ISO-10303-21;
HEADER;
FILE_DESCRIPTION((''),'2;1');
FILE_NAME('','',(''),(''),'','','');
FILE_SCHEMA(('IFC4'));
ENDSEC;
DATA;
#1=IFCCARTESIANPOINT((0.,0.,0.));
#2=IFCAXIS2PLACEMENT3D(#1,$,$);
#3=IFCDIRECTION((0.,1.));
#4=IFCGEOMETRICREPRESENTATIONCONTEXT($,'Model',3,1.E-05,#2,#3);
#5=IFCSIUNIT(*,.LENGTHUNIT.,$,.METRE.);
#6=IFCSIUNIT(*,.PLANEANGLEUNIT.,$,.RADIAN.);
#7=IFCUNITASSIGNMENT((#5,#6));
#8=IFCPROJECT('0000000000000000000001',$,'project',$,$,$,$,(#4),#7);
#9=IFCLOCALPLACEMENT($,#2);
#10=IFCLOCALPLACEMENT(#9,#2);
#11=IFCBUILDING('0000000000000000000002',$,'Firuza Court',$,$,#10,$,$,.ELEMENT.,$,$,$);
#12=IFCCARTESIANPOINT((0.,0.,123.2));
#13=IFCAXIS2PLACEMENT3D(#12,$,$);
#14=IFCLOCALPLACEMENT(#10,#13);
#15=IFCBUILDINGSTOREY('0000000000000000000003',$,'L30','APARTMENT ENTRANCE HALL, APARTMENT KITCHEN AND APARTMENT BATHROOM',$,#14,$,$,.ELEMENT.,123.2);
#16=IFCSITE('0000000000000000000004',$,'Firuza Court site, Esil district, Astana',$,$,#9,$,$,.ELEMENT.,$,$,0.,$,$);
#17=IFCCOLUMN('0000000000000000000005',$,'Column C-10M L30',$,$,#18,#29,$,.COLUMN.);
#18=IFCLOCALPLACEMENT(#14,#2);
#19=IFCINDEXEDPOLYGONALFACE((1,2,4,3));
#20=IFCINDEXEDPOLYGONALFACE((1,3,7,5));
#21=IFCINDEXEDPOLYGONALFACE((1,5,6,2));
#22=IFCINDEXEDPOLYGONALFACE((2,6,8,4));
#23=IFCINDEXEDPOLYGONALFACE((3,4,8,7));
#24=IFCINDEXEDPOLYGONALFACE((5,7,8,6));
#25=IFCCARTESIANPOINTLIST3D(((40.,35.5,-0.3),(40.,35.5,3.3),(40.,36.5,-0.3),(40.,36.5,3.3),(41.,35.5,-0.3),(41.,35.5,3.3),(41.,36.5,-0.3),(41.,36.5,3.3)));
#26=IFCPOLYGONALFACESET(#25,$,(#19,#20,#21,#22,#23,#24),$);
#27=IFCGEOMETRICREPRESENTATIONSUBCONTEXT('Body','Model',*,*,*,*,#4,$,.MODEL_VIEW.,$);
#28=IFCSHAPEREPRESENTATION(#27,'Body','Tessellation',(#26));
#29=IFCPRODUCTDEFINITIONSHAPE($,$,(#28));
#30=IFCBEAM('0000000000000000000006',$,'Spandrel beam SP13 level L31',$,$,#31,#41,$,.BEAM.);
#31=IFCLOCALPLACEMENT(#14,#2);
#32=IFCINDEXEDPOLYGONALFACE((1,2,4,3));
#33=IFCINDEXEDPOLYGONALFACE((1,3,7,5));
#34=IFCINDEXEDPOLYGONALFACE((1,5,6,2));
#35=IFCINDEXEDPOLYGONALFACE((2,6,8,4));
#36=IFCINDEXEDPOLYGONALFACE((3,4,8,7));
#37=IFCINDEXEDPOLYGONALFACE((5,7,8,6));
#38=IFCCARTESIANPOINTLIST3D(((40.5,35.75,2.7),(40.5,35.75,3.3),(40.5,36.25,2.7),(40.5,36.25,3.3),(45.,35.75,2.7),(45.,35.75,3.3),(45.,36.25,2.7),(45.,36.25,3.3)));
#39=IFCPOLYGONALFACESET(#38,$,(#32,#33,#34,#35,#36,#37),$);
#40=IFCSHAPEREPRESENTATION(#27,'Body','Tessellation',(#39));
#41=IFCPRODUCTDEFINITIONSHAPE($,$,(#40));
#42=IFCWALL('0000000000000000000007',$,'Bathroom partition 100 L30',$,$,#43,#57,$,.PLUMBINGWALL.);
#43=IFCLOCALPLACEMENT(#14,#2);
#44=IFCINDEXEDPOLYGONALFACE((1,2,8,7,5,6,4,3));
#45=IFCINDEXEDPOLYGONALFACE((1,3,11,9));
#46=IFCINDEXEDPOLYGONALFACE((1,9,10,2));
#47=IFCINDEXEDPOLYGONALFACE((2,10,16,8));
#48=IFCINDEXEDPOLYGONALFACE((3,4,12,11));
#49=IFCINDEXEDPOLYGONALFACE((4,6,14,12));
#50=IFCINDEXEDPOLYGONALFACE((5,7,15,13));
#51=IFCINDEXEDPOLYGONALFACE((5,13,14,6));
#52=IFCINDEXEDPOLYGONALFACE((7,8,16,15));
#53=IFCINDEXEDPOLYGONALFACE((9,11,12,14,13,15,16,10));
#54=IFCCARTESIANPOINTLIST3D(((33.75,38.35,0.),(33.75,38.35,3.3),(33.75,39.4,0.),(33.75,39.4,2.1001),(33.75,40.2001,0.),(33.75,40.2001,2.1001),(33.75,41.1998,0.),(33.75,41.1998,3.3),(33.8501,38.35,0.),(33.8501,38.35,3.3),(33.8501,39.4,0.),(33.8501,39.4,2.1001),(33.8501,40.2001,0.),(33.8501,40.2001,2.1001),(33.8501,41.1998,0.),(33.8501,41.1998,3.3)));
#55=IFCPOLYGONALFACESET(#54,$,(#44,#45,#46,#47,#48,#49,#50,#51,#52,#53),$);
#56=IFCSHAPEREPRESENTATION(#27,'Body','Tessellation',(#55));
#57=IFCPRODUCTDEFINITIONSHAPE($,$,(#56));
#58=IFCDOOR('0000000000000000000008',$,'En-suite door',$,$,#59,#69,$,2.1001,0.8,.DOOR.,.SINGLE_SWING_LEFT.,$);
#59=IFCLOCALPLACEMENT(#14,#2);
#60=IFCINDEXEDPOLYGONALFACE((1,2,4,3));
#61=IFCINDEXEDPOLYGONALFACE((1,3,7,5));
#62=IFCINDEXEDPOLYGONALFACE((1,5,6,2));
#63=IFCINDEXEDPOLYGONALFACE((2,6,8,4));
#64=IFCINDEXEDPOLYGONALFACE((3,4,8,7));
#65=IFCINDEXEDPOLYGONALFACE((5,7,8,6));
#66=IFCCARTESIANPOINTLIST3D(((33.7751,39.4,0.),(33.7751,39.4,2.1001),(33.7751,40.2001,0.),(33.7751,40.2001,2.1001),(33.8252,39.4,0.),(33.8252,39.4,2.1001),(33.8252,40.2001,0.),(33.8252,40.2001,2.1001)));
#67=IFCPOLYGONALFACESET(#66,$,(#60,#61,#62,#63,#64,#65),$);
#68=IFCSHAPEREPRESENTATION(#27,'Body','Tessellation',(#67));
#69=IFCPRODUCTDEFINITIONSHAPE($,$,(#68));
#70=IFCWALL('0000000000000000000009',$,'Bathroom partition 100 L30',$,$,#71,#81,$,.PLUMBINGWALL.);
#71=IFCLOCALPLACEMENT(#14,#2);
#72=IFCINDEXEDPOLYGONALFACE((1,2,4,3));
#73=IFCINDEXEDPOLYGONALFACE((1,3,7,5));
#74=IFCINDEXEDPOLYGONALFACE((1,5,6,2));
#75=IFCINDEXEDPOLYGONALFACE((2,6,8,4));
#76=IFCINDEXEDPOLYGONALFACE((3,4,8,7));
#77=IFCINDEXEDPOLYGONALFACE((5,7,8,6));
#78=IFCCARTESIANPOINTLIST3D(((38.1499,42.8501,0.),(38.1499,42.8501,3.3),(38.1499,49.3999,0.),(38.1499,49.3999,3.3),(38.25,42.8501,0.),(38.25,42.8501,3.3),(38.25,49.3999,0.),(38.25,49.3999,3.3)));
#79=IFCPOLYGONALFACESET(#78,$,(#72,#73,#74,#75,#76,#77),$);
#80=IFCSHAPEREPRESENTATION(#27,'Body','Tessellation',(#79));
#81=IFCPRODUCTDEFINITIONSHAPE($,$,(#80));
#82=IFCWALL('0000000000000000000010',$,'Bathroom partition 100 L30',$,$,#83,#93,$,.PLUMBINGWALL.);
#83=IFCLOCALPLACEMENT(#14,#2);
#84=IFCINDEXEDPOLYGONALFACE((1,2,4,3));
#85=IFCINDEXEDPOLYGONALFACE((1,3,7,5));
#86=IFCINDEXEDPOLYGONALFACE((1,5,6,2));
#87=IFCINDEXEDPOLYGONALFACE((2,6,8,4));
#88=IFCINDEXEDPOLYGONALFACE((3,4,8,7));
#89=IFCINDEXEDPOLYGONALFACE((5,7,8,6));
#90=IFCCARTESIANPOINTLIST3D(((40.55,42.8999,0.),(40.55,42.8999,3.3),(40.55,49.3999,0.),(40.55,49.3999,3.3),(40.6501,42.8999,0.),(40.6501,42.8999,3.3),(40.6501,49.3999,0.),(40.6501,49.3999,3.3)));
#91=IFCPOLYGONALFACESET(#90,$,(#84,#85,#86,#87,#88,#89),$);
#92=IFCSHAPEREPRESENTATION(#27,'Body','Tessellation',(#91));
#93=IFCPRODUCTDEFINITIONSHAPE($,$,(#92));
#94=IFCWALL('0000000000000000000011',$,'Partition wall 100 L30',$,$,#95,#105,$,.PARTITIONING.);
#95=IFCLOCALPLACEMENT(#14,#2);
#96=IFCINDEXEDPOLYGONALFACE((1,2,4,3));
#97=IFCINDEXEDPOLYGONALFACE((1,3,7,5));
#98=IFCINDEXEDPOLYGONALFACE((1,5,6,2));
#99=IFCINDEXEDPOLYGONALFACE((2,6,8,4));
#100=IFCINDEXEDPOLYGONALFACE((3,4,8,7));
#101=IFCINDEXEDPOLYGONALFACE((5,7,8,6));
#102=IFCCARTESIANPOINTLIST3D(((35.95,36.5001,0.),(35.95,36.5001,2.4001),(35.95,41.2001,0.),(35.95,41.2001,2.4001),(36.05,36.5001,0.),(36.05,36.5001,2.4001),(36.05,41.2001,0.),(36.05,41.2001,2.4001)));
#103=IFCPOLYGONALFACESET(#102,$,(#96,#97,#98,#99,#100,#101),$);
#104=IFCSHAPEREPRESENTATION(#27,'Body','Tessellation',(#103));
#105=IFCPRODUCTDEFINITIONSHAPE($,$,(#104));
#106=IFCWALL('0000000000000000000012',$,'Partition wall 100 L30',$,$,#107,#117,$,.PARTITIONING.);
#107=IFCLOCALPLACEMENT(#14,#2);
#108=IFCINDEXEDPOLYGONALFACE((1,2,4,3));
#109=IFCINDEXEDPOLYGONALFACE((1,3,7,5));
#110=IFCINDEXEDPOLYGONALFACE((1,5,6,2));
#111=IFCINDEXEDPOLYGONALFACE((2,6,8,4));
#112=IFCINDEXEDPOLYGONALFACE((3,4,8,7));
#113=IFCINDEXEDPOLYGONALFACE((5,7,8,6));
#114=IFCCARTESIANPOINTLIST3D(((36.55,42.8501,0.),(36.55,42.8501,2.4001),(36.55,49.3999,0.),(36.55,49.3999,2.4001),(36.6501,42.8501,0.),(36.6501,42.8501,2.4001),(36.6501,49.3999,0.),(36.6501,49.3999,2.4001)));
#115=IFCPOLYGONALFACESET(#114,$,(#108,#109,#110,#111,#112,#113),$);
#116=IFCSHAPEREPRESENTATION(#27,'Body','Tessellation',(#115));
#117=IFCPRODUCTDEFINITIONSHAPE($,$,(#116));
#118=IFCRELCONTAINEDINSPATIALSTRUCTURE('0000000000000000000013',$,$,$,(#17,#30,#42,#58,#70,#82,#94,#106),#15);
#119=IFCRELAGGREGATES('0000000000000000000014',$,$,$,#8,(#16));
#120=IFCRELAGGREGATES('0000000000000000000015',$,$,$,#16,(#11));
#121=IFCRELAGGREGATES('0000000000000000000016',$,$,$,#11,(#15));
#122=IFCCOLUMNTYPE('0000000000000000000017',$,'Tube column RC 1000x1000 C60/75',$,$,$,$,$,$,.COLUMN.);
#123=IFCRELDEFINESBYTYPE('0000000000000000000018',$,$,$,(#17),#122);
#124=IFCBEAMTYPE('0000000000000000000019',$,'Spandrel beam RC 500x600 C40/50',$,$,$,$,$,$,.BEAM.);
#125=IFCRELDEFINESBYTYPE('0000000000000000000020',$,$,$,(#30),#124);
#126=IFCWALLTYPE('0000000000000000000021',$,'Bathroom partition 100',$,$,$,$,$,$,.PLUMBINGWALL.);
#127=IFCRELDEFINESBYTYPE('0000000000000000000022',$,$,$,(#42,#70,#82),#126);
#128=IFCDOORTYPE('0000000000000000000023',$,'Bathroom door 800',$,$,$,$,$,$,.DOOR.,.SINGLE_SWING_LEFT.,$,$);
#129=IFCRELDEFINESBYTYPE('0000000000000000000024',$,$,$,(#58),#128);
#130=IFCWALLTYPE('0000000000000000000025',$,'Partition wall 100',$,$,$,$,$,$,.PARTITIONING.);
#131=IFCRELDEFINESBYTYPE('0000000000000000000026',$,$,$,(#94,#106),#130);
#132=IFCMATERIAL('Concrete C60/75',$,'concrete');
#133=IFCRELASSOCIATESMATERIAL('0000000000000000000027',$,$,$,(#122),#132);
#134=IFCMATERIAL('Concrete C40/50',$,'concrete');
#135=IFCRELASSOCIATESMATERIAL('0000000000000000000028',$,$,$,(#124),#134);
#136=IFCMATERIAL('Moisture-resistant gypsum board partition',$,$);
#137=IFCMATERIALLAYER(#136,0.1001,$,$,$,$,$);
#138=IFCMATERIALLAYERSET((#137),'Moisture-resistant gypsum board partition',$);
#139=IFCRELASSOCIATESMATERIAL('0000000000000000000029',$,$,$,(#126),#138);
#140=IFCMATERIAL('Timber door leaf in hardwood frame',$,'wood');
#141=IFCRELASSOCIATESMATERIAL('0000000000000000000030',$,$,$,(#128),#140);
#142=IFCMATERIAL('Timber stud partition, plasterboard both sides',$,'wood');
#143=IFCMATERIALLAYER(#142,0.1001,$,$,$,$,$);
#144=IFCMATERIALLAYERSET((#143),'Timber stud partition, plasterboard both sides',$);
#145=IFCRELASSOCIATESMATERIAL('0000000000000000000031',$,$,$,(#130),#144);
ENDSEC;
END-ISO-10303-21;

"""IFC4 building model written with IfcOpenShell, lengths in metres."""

from ifc_helpers import new_model, si_unit, direction, frame, frame_2d, origin, origin_2d, place, context, subcontext, project, spatial, rectangle, extrude, material, layer, layer_set, material_profile, profile_set, type_object, element, fill, save


model = new_model("IFC4")

# Units and contexts
model_context = context("Model", 3, precision=1e-05, world=origin(), true_north=direction((0.0, 1.0)))
body_context = subcontext(model_context, "Body", "Model", "MODEL_VIEW")
ifc_project = project(units=[si_unit("LENGTHUNIT", "METRE"), si_unit("PLANEANGLEUNIT", "RADIAN")], contexts=[model_context])

# Site, building, storey
site_placement = place(None, origin())
site = spatial("IfcSite", under=ifc_project, at=site_placement, Name="Firuza Court site, Esil district, Astana", CompositionType="ELEMENT", RefElevation=0.0)
building_placement = place(site_placement, origin())
building = spatial("IfcBuilding", under=site, at=building_placement, Name="Firuza Court", CompositionType="ELEMENT")
storey_placement = place(building_placement, frame((0.0, 0.0, 123.2)))
storey = spatial("IfcBuildingStorey", under=building, at=storey_placement, Name="L30", Description="APARTMENT ENTRANCE HALL, APARTMENT KITCHEN AND APARTMENT BATHROOM", CompositionType="ELEMENT", Elevation=123.2)

# Column
ifc_material_1 = material(Name="Concrete C60/75", Category="concrete")
ifc_material_profile_1 = material_profile(ifc_material_1, rectangle(XDim=1.0, YDim=1.0, at=origin_2d()), Name="RC 1000x1000")
ifc_profile_set_1 = profile_set([ifc_material_profile_1], Name="Concrete C60/75")
column_type = type_object("IfcColumnType", Name="Tube column RC 1000x1000 C60/75", PredefinedType="COLUMN", material=ifc_profile_set_1)
column_placement = place(storey_placement, frame((40.5, 36.0, -0.3), z_axis=(0.0, 0.0, 1.0), x_axis=(1.0, 0.0, 0.0)))
element("IfcColumn", 1, at=column_placement, inside=storey, type_object=column_type, Name="Column C-10M L30", PredefinedType="COLUMN", context=body_context, shape_type="SweptSolid", body=[
    extrude(rectangle(XDim=1.0, YDim=1.0, at=origin_2d()), origin(), (0.0, 0.0, 1.0), 3.6001),
])

# Beam
ifc_material_2 = material(Name="Concrete C40/50", Category="concrete")
ifc_material_profile_2 = material_profile(ifc_material_2, rectangle(XDim=0.5, YDim=0.6001, at=origin_2d()), Name="RC 500x600")
ifc_profile_set_2 = profile_set([ifc_material_profile_2], Name="Concrete C40/50")
beam_type = type_object("IfcBeamType", Name="Spandrel beam RC 500x600 C40/50", PredefinedType="BEAM", material=ifc_profile_set_2)
beam_placement = place(storey_placement, frame((40.5, 36.0, 3.0), z_axis=(1.0, 0.0, 0.0), x_axis=(0.0, 1.0, 0.0)))
element("IfcBeam", 2, at=beam_placement, inside=storey, type_object=beam_type, Name="Spandrel beam SP13 level L31", PredefinedType="BEAM", context=body_context, shape_type="SweptSolid", body=[
    extrude(rectangle(XDim=0.5, YDim=0.6001, at=origin_2d()), origin(), (0.0, 0.0, 1.0), 4.5),
])

# Wall, opening, door
ifc_material_3 = material(Name="Moisture-resistant gypsum board partition")
ifc_layer_1 = layer(ifc_material_3, 0.1001)
ifc_layer_set_1 = layer_set([ifc_layer_1], Name="Moisture-resistant gypsum board partition")
wall_type_1 = type_object("IfcWallType", Name="Bathroom partition 100", PredefinedType="PLUMBINGWALL", material=ifc_layer_set_1)
wall_1_placement = place(storey_placement, frame((33.8, 38.3501, 0.0), z_axis=(0.0, 0.0, 1.0), x_axis=(0.0, 1.0, 0.0)))
wall_1 = element("IfcWall", 3, at=wall_1_placement, inside=storey, type_object=wall_type_1, Name="Bathroom partition 100 L30", PredefinedType="PLUMBINGWALL", context=body_context, shape_type="SweptSolid", body=[
    extrude(rectangle(XDim=2.8499, YDim=0.1001, at=frame_2d((1.4248, 0.0))), origin(), (0.0, 0.0, 1.0), 3.3),
])
opening_1_placement = place(wall_1_placement, frame((1.05, 0.0, 0.0)))
opening_1 = element("IfcOpeningElement", 4, at=opening_1_placement, cuts=wall_1, PredefinedType="OPENING", context=body_context, shape_type="SweptSolid", body=[
    extrude(rectangle(XDim=0.8, YDim=2.1001, at=frame_2d((0.3999, 1.05))), frame((0.0, 0.062, 0.0), z_axis=(0.0, -1.0, 0.0), x_axis=(1.0, 0.0, 0.0)), (0.0, 0.0, 1.0), 0.124),
])
ifc_material_4 = material(Name="Timber door leaf in hardwood frame", Category="wood")
door_type_1 = type_object("IfcDoorType", Name="Bathroom door 800", OperationType="SINGLE_SWING_LEFT", PredefinedType="DOOR", material=ifc_material_4)
door_1_placement = place(opening_1_placement, origin())
door_1 = element("IfcDoor", 5, at=door_1_placement, inside=storey, type_object=door_type_1, Name="En-suite door", OperationType="SINGLE_SWING_LEFT", OverallHeight=2.1001, OverallWidth=0.8, PredefinedType="DOOR", context=body_context, shape_type="SweptSolid", body=[
    extrude(rectangle(XDim=0.8, YDim=2.1001, at=frame_2d((0.3999, 1.05))), frame((0.0, 0.0249, 0.0), z_axis=(0.0, -1.0, 0.0), x_axis=(1.0, 0.0, 0.0)), (0.0, 0.0, 1.0), 0.05),
])
fill(opening_1, door_1)

# Walls
wall_2_placement = place(storey_placement, frame((38.2, 42.8501, 0.0), z_axis=(0.0, 0.0, 1.0), x_axis=(0.0, 1.0, 0.0)))
element("IfcWall", 6, at=wall_2_placement, inside=storey, type_object=wall_type_1, Name="Bathroom partition 100 L30", PredefinedType="PLUMBINGWALL", context=body_context, shape_type="SweptSolid", body=[
    extrude(rectangle(XDim=6.5498, YDim=0.1001, at=frame_2d((3.2749, 0.0))), origin(), (0.0, 0.0, 1.0), 3.3),
])
wall_3_placement = place(storey_placement, frame((40.6001, 42.8999, 0.0), z_axis=(0.0, 0.0, 1.0), x_axis=(0.0, 1.0, 0.0)))
element("IfcWall", 7, at=wall_3_placement, inside=storey, type_object=wall_type_1, Name="Bathroom partition 100 L30", PredefinedType="PLUMBINGWALL", context=body_context, shape_type="SweptSolid", body=[
    extrude(rectangle(XDim=6.5, YDim=0.1001, at=frame_2d((3.25, 0.0))), origin(), (0.0, 0.0, 1.0), 3.3),
])
ifc_material_5 = material(Name="Timber stud partition, plasterboard both sides", Category="wood")
ifc_layer_2 = layer(ifc_material_5, 0.1001)
ifc_layer_set_2 = layer_set([ifc_layer_2], Name="Timber stud partition, plasterboard both sides")
wall_type_2 = type_object("IfcWallType", Name="Partition wall 100", PredefinedType="PARTITIONING", material=ifc_layer_set_2)
wall_4_placement = place(storey_placement, frame((36.0, 36.5, 0.0), z_axis=(0.0, 0.0, 1.0), x_axis=(0.0, 1.0, 0.0)))
element("IfcWall", 8, at=wall_4_placement, inside=storey, type_object=wall_type_2, Name="Partition wall 100 L30", PredefinedType="PARTITIONING", context=body_context, shape_type="SweptSolid", body=[
    extrude(rectangle(XDim=4.7, YDim=0.1001, at=frame_2d((2.3501, 0.0))), origin(), (0.0, 0.0, 1.0), 2.4001),
])
wall_5_placement = place(storey_placement, frame((36.6001, 42.8501, 0.0), z_axis=(0.0, 0.0, 1.0), x_axis=(0.0, 1.0, 0.0)))
element("IfcWall", 9, at=wall_5_placement, inside=storey, type_object=wall_type_2, Name="Partition wall 100 L30", PredefinedType="PARTITIONING", context=body_context, shape_type="SweptSolid", body=[
    extrude(rectangle(XDim=6.5498, YDim=0.1001, at=frame_2d((3.2749, 0.0))), origin(), (0.0, 0.0, 1.0), 2.4001),
])

save(model, "model.ifc")
